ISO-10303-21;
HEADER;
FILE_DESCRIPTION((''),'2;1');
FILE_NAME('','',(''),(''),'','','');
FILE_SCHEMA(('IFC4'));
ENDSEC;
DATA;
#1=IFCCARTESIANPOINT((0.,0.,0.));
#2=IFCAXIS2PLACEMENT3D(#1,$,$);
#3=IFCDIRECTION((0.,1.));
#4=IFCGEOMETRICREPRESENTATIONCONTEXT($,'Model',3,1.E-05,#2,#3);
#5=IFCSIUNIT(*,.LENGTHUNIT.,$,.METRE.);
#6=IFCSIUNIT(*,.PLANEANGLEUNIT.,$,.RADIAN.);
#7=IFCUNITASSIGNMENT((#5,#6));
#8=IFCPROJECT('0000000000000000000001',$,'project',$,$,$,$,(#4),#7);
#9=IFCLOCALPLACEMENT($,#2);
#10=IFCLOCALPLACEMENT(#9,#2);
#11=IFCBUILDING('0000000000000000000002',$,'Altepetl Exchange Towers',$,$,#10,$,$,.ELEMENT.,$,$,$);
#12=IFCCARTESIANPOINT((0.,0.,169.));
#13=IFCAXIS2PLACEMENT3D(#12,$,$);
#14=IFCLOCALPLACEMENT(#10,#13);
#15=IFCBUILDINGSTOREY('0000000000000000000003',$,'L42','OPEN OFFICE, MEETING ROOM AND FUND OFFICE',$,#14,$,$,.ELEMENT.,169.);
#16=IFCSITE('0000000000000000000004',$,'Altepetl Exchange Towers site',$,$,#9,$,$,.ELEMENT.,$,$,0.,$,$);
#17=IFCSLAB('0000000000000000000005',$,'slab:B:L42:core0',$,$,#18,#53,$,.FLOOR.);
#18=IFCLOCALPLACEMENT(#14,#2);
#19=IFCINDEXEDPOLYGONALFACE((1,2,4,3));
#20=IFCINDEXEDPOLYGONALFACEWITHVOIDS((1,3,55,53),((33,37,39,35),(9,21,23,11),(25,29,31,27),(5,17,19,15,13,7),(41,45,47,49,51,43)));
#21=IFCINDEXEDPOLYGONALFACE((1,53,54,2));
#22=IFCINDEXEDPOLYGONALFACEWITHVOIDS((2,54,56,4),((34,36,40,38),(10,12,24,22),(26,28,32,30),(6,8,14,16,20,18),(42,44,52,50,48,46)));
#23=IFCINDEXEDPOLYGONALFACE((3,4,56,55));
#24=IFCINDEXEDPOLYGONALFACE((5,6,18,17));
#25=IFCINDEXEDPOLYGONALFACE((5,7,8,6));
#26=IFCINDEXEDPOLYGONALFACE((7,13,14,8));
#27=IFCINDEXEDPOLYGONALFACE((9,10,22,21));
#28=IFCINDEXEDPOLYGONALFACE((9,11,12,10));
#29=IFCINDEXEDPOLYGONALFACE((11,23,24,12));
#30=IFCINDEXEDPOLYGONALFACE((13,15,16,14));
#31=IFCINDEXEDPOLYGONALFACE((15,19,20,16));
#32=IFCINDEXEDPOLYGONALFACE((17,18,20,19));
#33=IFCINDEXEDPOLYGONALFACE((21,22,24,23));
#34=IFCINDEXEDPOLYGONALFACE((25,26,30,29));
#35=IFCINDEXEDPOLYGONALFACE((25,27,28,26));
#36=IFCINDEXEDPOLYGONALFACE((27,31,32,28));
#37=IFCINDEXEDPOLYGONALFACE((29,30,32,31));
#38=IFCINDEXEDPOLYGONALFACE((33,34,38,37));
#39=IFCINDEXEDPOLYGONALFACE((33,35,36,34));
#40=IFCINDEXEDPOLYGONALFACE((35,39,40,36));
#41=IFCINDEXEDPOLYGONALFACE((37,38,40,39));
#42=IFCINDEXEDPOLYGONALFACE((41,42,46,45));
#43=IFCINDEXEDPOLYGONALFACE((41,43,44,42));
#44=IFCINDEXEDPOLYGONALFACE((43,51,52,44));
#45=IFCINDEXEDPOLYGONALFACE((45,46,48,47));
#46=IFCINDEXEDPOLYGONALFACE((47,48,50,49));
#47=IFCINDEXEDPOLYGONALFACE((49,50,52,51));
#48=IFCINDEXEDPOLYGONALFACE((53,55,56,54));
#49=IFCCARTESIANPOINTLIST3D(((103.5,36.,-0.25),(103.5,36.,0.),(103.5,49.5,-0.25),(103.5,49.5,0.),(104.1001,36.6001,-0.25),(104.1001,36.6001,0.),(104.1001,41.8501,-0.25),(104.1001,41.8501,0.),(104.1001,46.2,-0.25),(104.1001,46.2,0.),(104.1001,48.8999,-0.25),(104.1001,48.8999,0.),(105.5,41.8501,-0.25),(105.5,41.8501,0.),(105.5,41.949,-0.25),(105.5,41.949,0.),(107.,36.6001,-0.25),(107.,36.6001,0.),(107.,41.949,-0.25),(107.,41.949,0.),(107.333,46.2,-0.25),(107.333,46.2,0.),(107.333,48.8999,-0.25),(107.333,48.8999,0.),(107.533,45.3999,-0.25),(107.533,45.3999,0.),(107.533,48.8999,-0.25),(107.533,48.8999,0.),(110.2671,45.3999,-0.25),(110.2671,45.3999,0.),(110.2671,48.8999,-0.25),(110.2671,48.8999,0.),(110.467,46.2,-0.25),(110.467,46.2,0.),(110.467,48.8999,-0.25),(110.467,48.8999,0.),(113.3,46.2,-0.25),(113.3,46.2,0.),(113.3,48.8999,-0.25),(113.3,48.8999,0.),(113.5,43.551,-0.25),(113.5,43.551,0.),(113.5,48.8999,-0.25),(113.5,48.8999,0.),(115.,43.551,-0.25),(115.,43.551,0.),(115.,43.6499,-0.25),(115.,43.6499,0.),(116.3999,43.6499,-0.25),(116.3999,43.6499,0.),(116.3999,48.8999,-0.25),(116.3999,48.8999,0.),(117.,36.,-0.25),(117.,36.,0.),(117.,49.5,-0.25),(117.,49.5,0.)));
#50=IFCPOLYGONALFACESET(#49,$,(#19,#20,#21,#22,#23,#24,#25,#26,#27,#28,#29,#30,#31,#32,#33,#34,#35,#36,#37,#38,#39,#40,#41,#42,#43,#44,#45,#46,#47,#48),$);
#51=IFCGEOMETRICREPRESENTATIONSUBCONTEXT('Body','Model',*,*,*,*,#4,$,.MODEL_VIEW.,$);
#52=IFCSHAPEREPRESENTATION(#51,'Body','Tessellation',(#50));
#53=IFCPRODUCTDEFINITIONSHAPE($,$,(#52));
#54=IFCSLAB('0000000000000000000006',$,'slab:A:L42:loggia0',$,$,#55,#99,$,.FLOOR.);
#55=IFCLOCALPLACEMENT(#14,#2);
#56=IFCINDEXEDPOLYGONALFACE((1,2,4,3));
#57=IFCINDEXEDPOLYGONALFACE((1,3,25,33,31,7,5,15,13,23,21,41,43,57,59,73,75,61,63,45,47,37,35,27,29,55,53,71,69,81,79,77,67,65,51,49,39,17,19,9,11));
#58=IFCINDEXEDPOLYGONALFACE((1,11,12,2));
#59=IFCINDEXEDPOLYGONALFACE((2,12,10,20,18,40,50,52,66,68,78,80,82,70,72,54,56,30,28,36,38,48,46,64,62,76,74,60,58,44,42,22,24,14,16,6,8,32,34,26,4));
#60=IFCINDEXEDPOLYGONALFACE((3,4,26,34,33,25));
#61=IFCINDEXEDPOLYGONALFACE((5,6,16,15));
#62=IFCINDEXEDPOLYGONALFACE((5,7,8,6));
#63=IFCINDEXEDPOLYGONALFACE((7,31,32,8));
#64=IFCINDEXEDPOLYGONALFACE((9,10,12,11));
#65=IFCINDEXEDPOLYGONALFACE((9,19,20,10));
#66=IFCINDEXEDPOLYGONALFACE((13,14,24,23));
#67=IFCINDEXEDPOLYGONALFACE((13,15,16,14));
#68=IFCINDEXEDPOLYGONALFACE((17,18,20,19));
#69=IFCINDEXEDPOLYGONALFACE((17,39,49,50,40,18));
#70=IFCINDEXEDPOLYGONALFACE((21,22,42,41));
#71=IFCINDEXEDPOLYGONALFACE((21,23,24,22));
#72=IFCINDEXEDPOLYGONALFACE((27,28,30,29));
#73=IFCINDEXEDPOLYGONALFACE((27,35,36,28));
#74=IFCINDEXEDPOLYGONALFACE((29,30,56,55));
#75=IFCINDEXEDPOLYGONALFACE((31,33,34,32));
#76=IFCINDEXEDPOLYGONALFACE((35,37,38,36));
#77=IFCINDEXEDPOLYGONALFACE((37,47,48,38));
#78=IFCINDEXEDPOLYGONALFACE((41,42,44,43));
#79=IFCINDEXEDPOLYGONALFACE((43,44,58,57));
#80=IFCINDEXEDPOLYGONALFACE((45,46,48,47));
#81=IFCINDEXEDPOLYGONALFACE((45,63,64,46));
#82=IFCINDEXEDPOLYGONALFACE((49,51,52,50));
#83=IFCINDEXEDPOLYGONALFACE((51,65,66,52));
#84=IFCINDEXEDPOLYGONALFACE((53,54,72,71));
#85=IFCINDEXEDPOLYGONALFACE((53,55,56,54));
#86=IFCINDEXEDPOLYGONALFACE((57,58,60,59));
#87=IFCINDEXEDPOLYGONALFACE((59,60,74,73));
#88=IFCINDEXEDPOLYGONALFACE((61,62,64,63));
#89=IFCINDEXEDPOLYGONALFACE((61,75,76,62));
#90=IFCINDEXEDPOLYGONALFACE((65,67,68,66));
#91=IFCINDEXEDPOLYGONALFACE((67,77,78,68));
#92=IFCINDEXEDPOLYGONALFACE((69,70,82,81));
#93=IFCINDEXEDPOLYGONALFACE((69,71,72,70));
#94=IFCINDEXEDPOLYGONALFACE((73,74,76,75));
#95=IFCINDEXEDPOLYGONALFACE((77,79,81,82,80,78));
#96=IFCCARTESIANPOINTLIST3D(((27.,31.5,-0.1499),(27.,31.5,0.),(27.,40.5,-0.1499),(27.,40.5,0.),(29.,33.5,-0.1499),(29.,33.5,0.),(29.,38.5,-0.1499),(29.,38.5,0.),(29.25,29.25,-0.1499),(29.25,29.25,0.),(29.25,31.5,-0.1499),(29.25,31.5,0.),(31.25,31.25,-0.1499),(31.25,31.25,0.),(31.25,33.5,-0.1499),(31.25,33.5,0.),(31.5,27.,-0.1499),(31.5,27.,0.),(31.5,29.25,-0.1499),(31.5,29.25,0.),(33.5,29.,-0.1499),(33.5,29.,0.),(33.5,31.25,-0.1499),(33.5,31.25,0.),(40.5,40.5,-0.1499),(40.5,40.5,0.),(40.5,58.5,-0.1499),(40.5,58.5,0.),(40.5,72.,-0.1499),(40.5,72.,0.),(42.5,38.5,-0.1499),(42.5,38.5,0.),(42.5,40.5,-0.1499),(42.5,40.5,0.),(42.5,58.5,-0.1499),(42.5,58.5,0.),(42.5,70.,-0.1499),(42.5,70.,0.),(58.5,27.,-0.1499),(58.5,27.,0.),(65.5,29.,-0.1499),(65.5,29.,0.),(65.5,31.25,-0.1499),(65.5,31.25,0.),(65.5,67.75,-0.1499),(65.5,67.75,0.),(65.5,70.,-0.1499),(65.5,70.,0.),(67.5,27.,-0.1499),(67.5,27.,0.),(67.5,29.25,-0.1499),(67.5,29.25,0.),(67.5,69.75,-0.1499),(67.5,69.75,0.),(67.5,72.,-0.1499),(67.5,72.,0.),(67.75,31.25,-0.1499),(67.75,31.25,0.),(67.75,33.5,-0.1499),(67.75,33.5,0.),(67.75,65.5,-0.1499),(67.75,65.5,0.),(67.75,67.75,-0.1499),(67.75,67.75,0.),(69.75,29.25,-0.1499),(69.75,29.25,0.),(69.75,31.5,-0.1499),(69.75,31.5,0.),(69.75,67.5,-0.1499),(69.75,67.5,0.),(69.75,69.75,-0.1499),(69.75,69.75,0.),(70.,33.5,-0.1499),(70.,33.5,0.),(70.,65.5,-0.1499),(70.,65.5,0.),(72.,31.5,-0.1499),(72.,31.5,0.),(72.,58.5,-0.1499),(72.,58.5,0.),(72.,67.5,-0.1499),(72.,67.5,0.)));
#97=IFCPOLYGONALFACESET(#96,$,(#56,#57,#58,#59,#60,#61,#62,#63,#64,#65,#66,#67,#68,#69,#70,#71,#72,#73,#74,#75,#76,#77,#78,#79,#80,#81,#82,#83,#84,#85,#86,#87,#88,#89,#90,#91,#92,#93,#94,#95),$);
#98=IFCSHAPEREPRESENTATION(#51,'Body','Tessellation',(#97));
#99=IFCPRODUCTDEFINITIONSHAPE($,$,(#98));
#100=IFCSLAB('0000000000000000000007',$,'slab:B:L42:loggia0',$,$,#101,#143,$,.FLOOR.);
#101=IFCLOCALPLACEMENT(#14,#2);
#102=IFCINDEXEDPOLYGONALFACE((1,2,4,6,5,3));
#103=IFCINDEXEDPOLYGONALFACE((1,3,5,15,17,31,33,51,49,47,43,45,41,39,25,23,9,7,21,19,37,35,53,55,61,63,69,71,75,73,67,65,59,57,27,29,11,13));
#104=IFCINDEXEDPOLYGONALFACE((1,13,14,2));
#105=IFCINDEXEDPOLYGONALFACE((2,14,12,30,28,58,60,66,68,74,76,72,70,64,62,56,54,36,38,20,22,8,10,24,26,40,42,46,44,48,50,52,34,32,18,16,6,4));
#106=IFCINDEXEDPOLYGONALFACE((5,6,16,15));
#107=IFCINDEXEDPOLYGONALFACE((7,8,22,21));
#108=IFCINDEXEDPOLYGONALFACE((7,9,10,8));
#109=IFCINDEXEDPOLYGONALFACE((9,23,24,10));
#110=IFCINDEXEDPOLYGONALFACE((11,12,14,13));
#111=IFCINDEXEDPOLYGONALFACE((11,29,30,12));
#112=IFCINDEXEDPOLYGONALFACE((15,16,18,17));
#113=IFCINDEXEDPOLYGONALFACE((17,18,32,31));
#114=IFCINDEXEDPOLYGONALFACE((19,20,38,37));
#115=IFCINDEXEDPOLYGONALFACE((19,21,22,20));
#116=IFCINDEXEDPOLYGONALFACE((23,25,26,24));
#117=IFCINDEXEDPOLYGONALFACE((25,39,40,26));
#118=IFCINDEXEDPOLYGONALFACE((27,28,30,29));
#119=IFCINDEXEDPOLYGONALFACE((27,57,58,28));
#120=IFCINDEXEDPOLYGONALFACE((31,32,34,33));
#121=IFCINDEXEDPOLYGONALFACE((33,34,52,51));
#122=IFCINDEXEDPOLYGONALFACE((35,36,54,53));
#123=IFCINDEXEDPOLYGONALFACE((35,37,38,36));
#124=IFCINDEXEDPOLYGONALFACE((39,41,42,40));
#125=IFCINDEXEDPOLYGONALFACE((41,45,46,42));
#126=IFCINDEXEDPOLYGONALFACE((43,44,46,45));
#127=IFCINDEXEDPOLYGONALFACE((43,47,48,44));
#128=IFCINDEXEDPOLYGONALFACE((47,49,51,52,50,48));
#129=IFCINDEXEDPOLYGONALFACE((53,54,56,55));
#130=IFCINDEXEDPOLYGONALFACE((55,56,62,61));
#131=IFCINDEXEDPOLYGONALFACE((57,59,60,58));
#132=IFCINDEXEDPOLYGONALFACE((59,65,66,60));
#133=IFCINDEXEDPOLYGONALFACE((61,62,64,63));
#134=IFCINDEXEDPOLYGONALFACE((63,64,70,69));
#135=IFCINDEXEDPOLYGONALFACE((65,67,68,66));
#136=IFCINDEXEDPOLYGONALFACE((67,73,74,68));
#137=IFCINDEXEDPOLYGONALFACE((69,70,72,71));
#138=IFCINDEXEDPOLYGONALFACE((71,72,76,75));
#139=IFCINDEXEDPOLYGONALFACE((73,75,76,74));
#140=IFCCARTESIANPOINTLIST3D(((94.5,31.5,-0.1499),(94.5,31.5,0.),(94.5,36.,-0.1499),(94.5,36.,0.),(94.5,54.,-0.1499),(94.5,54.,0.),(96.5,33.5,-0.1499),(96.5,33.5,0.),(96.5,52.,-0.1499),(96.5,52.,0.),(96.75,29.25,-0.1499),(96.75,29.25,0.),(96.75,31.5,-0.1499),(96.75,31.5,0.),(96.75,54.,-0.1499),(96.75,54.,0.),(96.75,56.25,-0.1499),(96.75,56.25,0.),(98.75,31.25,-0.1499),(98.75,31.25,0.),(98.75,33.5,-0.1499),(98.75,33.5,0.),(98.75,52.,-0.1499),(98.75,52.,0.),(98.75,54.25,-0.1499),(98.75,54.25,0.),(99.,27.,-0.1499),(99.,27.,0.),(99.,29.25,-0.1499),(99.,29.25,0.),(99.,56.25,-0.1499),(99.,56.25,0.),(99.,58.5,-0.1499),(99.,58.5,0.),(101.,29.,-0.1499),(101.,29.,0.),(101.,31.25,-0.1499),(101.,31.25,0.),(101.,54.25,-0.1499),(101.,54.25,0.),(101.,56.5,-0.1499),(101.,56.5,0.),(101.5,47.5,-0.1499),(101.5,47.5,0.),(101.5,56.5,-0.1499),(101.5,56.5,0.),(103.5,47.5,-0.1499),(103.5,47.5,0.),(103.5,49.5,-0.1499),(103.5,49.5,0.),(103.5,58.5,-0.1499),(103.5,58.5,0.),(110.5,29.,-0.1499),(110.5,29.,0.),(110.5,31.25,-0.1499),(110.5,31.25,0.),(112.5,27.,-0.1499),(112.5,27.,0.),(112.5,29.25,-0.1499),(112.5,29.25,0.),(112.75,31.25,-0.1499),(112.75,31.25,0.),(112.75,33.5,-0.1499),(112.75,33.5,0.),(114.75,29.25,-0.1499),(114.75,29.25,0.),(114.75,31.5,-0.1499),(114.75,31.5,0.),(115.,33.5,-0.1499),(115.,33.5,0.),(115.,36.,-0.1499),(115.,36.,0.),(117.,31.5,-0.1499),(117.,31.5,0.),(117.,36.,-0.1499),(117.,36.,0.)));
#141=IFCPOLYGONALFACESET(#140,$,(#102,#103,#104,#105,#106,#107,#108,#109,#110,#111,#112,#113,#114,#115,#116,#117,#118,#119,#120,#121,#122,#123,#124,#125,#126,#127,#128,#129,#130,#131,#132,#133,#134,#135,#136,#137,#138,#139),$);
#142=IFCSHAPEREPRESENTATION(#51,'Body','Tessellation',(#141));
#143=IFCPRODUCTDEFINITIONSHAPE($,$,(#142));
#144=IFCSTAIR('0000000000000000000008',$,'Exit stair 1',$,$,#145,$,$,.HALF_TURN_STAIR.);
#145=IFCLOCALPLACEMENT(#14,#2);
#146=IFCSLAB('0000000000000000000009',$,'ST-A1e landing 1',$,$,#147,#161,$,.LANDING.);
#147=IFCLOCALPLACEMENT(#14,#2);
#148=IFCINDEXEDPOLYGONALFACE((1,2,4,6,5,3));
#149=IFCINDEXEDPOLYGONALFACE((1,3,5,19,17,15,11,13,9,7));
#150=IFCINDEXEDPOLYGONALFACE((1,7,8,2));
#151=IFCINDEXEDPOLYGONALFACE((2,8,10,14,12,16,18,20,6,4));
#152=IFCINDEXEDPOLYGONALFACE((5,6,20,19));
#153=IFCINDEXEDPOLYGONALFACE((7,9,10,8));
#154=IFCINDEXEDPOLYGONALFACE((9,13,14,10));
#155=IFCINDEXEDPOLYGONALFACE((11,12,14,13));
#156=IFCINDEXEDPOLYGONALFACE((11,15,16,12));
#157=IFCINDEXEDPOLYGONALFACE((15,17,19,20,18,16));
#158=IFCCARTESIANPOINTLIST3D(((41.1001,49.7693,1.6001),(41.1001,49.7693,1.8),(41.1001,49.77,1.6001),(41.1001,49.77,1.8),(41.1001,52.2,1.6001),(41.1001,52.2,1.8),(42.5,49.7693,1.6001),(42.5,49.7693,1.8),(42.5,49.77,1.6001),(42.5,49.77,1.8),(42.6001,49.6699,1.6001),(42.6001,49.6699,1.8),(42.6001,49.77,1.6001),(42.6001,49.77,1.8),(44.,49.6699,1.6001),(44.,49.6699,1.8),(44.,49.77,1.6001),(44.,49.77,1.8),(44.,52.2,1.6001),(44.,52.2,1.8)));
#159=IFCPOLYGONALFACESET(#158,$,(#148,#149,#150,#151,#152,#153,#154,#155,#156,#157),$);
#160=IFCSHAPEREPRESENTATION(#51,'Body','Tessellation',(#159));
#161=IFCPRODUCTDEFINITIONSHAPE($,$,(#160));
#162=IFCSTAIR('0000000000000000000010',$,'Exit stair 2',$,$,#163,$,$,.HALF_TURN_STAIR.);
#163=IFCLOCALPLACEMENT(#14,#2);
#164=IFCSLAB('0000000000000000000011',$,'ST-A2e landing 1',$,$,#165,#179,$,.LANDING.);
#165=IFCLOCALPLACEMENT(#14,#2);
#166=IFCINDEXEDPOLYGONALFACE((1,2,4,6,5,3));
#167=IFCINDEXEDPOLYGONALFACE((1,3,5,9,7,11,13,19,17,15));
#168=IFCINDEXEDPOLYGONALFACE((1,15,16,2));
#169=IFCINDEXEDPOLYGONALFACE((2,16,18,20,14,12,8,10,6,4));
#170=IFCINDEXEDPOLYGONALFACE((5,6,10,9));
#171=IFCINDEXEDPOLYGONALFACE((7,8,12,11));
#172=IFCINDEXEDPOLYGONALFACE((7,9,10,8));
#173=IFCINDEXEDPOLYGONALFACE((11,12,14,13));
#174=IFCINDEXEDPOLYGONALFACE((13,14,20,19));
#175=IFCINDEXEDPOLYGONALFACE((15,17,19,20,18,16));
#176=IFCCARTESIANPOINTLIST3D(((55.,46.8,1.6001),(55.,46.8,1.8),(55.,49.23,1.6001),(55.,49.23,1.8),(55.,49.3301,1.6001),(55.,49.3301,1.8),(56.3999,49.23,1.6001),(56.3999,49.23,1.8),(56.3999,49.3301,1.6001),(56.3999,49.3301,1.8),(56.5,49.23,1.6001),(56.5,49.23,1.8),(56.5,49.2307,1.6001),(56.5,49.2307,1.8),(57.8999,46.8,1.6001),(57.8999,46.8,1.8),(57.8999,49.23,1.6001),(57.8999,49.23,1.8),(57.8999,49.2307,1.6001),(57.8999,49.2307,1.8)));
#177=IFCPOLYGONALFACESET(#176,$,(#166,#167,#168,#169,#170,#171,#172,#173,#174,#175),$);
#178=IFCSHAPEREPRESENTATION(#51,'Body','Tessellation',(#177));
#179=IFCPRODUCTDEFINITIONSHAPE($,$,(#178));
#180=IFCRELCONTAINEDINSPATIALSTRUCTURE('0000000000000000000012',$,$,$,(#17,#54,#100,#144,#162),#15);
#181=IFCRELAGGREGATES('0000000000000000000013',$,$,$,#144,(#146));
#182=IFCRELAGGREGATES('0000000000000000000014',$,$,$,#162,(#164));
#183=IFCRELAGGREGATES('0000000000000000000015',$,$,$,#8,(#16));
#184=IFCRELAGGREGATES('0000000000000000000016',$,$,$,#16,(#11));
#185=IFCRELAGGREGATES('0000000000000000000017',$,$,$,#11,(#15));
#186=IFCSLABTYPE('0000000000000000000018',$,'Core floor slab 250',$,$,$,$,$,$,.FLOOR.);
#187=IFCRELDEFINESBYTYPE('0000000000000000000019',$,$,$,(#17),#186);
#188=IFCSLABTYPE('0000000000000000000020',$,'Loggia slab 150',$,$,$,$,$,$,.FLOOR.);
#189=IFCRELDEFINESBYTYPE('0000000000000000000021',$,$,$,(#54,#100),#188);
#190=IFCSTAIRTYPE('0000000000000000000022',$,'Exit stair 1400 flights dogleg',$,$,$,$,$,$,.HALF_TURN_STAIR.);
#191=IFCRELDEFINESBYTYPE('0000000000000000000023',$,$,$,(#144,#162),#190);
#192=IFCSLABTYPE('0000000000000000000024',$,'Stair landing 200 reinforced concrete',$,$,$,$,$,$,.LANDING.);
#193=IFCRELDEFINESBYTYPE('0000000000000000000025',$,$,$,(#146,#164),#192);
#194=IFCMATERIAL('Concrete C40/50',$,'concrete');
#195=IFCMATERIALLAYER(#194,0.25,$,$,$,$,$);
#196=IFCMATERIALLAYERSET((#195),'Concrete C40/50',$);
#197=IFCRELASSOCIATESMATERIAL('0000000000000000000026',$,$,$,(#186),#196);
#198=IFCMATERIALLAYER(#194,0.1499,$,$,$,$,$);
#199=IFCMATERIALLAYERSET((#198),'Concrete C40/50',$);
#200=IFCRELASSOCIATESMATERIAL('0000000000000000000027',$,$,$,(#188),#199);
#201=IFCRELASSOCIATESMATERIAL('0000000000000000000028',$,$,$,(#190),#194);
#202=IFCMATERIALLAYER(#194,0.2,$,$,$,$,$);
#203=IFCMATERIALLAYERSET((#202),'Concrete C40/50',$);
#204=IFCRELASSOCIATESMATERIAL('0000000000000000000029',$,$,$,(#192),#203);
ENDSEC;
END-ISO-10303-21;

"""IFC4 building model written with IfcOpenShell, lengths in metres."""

from ifc_helpers import new_model, si_unit, direction, frame, origin, place, context, subcontext, project, spatial, polyline, outline, extrude, material, layer, layer_set, type_object, element, aggregate, save


model = new_model("IFC4")

# Units and contexts
model_context = context("Model", 3, precision=1e-05, world=origin(), true_north=direction((0.0, 1.0)))
body_context = subcontext(model_context, "Body", "Model", "MODEL_VIEW")
ifc_project = project(units=[si_unit("LENGTHUNIT", "METRE"), si_unit("PLANEANGLEUNIT", "RADIAN")], contexts=[model_context])

# Site, building, storey
site_placement = place(None, origin())
site = spatial("IfcSite", under=ifc_project, at=site_placement, Name="Altepetl Exchange Towers site", CompositionType="ELEMENT", RefElevation=0.0)
building_placement = place(site_placement, origin())
building = spatial("IfcBuilding", under=site, at=building_placement, Name="Altepetl Exchange Towers", CompositionType="ELEMENT")
storey_placement = place(building_placement, frame((0.0, 0.0, 169.0)))
storey = spatial("IfcBuildingStorey", under=building, at=storey_placement, Name="L42", Description="OPEN OFFICE, MEETING ROOM AND FUND OFFICE", CompositionType="ELEMENT", Elevation=169.0)

# Slabs
ifc_material_1 = material(Name="Concrete C40/50", Category="concrete")
ifc_layer_1 = layer(ifc_material_1, 0.25)
ifc_layer_set_1 = layer_set([ifc_layer_1], Name="Concrete C40/50")
slab_type_1 = type_object("IfcSlabType", Name="Core floor slab 250", PredefinedType="FLOOR", material=ifc_layer_set_1)
slab_1_placement = place(storey_placement, frame((0.0, 0.0, -0.25)))
element("IfcSlab", 1, at=slab_1_placement, inside=storey, type_object=slab_type_1, Name="slab:B:L42:core0", PredefinedType="FLOOR", context=body_context, shape_type="SweptSolid", body=[
    extrude(outline(polyline([(103.5, 36.0), (117.0, 36.0), (117.0, 49.5), (103.5, 49.5), (103.5, 36.0)]), holes=[polyline([(107.0, 36.6001), (104.1001, 36.6001), (104.1001, 41.8501), (105.5, 41.8501), (105.5, 41.949), (107.0, 41.949), (107.0, 36.6001)]), polyline([(113.5, 48.8999), (116.3999, 48.8999), (116.3999, 43.6499), (115.0, 43.6499), (115.0, 43.551), (113.5, 43.551), (113.5, 48.8999)]), polyline([(107.533, 45.3999), (107.533, 48.8999), (110.2671, 48.8999), (110.2671, 45.3999), (107.533, 45.3999)]), polyline([(104.1001, 48.8999), (107.333, 48.8999), (107.333, 46.2), (104.1001, 46.2), (104.1001, 48.8999)]), polyline([(110.467, 48.8999), (113.3, 48.8999), (113.3, 46.2), (110.467, 46.2), (110.467, 48.8999)])]), origin(), (0.0, 0.0, 1.0), 0.25),
])
ifc_layer_2 = layer(ifc_material_1, 0.1499)
ifc_layer_set_2 = layer_set([ifc_layer_2], Name="Concrete C40/50")
slab_type_2 = type_object("IfcSlabType", Name="Loggia slab 150", PredefinedType="FLOOR", material=ifc_layer_set_2)
slab_2_placement = place(storey_placement, frame((0.0, 0.0, -0.1499)))
element("IfcSlab", 2, at=slab_2_placement, inside=storey, type_object=slab_type_2, Name="slab:A:L42:loggia0", PredefinedType="FLOOR", context=body_context, shape_type="SweptSolid", body=[
    extrude(outline(polyline([(40.5, 72.0), (40.5, 58.5), (42.5, 58.5), (42.5, 70.0), (65.5, 70.0), (65.5, 67.75), (67.75, 67.75), (67.75, 65.5), (70.0, 65.5), (70.0, 33.5), (67.75, 33.5), (67.75, 31.25), (65.5, 31.25), (65.5, 29.0), (33.5, 29.0), (33.5, 31.25), (31.25, 31.25), (31.25, 33.5), (29.0, 33.5), (29.0, 38.5), (42.5, 38.5), (42.5, 40.5), (40.5, 40.5), (27.0, 40.5), (27.0, 31.5), (29.25, 31.5), (29.25, 29.25), (31.5, 29.25), (31.5, 27.0), (58.5, 27.0), (67.5, 27.0), (67.5, 29.25), (69.75, 29.25), (69.75, 31.5), (72.0, 31.5), (72.0, 58.5), (72.0, 67.5), (69.75, 67.5), (69.75, 69.75), (67.5, 69.75), (67.5, 72.0), (40.5, 72.0)])), origin(), (0.0, 0.0, 1.0), 0.1499),
])
slab_3_placement = place(storey_placement, frame((0.0, 0.0, -0.1499)))
element("IfcSlab", 3, at=slab_3_placement, inside=storey, type_object=slab_type_2, Name="slab:B:L42:loggia0", PredefinedType="FLOOR", context=body_context, shape_type="SweptSolid", body=[
    extrude(outline(polyline([(99.0, 29.25), (99.0, 27.0), (112.5, 27.0), (112.5, 29.25), (114.75, 29.25), (114.75, 31.5), (117.0, 31.5), (117.0, 36.0), (115.0, 36.0), (115.0, 33.5), (112.75, 33.5), (112.75, 31.25), (110.5, 31.25), (110.5, 29.0), (101.0, 29.0), (101.0, 31.25), (98.75, 31.25), (98.75, 33.5), (96.5, 33.5), (96.5, 52.0), (98.75, 52.0), (98.75, 54.25), (101.0, 54.25), (101.0, 56.5), (101.5, 56.5), (101.5, 47.5), (103.5, 47.5), (103.5, 49.5), (103.5, 58.5), (99.0, 58.5), (99.0, 56.25), (96.75, 56.25), (96.75, 54.0), (94.5, 54.0), (94.5, 36.0), (94.5, 31.5), (96.75, 31.5), (96.75, 29.25), (99.0, 29.25)])), origin(), (0.0, 0.0, 1.0), 0.1499),
])

# Stairs, slabs
stair_type = type_object("IfcStairType", Name="Exit stair 1400 flights dogleg", PredefinedType="HALF_TURN_STAIR", material=ifc_material_1)
stair_1_placement = place(storey_placement, origin())
stair_1 = element("IfcStair", 4, at=stair_1_placement, inside=storey, type_object=stair_type, Name="Exit stair 1", PredefinedType="HALF_TURN_STAIR")
ifc_layer_3 = layer(ifc_material_1, 0.2)
ifc_layer_set_3 = layer_set([ifc_layer_3], Name="Concrete C40/50")
slab_type_3 = type_object("IfcSlabType", Name="Stair landing 200 reinforced concrete", PredefinedType="LANDING", material=ifc_layer_set_3)
slab_4_placement = place(storey_placement, frame((0.0, 0.0, 1.6001)))
slab_4 = element("IfcSlab", 5, at=slab_4_placement, type_object=slab_type_3, Name="ST-A1e landing 1", PredefinedType="LANDING", context=body_context, shape_type="SweptSolid", body=[
    extrude(outline(polyline([(44.0, 49.6699), (42.6001, 49.6699), (42.6001, 49.77), (42.5, 49.77), (42.5, 49.7693), (41.1001, 49.7693), (41.1001, 49.77), (41.1001, 52.2), (44.0, 52.2), (44.0, 49.77), (44.0, 49.6699)])), origin(), (0.0, 0.0, 1.0), 0.2),
])
aggregate(stair_1, [slab_4])
stair_2_placement = place(storey_placement, origin())
stair_2 = element("IfcStair", 6, at=stair_2_placement, inside=storey, type_object=stair_type, Name="Exit stair 2", PredefinedType="HALF_TURN_STAIR")
slab_5_placement = place(storey_placement, frame((0.0, 0.0, 1.6001)))
slab_5 = element("IfcSlab", 7, at=slab_5_placement, type_object=slab_type_3, Name="ST-A2e landing 1", PredefinedType="LANDING", context=body_context, shape_type="SweptSolid", body=[
    extrude(outline(polyline([(57.8999, 46.8), (55.0, 46.8), (55.0, 49.23), (55.0, 49.3301), (56.3999, 49.3301), (56.3999, 49.23), (56.5, 49.23), (56.5, 49.2307), (57.8999, 49.2307), (57.8999, 49.23), (57.8999, 46.8)])), origin(), (0.0, 0.0, 1.0), 0.2),
])
aggregate(stair_2, [slab_5])

save(model, "model.ifc")
